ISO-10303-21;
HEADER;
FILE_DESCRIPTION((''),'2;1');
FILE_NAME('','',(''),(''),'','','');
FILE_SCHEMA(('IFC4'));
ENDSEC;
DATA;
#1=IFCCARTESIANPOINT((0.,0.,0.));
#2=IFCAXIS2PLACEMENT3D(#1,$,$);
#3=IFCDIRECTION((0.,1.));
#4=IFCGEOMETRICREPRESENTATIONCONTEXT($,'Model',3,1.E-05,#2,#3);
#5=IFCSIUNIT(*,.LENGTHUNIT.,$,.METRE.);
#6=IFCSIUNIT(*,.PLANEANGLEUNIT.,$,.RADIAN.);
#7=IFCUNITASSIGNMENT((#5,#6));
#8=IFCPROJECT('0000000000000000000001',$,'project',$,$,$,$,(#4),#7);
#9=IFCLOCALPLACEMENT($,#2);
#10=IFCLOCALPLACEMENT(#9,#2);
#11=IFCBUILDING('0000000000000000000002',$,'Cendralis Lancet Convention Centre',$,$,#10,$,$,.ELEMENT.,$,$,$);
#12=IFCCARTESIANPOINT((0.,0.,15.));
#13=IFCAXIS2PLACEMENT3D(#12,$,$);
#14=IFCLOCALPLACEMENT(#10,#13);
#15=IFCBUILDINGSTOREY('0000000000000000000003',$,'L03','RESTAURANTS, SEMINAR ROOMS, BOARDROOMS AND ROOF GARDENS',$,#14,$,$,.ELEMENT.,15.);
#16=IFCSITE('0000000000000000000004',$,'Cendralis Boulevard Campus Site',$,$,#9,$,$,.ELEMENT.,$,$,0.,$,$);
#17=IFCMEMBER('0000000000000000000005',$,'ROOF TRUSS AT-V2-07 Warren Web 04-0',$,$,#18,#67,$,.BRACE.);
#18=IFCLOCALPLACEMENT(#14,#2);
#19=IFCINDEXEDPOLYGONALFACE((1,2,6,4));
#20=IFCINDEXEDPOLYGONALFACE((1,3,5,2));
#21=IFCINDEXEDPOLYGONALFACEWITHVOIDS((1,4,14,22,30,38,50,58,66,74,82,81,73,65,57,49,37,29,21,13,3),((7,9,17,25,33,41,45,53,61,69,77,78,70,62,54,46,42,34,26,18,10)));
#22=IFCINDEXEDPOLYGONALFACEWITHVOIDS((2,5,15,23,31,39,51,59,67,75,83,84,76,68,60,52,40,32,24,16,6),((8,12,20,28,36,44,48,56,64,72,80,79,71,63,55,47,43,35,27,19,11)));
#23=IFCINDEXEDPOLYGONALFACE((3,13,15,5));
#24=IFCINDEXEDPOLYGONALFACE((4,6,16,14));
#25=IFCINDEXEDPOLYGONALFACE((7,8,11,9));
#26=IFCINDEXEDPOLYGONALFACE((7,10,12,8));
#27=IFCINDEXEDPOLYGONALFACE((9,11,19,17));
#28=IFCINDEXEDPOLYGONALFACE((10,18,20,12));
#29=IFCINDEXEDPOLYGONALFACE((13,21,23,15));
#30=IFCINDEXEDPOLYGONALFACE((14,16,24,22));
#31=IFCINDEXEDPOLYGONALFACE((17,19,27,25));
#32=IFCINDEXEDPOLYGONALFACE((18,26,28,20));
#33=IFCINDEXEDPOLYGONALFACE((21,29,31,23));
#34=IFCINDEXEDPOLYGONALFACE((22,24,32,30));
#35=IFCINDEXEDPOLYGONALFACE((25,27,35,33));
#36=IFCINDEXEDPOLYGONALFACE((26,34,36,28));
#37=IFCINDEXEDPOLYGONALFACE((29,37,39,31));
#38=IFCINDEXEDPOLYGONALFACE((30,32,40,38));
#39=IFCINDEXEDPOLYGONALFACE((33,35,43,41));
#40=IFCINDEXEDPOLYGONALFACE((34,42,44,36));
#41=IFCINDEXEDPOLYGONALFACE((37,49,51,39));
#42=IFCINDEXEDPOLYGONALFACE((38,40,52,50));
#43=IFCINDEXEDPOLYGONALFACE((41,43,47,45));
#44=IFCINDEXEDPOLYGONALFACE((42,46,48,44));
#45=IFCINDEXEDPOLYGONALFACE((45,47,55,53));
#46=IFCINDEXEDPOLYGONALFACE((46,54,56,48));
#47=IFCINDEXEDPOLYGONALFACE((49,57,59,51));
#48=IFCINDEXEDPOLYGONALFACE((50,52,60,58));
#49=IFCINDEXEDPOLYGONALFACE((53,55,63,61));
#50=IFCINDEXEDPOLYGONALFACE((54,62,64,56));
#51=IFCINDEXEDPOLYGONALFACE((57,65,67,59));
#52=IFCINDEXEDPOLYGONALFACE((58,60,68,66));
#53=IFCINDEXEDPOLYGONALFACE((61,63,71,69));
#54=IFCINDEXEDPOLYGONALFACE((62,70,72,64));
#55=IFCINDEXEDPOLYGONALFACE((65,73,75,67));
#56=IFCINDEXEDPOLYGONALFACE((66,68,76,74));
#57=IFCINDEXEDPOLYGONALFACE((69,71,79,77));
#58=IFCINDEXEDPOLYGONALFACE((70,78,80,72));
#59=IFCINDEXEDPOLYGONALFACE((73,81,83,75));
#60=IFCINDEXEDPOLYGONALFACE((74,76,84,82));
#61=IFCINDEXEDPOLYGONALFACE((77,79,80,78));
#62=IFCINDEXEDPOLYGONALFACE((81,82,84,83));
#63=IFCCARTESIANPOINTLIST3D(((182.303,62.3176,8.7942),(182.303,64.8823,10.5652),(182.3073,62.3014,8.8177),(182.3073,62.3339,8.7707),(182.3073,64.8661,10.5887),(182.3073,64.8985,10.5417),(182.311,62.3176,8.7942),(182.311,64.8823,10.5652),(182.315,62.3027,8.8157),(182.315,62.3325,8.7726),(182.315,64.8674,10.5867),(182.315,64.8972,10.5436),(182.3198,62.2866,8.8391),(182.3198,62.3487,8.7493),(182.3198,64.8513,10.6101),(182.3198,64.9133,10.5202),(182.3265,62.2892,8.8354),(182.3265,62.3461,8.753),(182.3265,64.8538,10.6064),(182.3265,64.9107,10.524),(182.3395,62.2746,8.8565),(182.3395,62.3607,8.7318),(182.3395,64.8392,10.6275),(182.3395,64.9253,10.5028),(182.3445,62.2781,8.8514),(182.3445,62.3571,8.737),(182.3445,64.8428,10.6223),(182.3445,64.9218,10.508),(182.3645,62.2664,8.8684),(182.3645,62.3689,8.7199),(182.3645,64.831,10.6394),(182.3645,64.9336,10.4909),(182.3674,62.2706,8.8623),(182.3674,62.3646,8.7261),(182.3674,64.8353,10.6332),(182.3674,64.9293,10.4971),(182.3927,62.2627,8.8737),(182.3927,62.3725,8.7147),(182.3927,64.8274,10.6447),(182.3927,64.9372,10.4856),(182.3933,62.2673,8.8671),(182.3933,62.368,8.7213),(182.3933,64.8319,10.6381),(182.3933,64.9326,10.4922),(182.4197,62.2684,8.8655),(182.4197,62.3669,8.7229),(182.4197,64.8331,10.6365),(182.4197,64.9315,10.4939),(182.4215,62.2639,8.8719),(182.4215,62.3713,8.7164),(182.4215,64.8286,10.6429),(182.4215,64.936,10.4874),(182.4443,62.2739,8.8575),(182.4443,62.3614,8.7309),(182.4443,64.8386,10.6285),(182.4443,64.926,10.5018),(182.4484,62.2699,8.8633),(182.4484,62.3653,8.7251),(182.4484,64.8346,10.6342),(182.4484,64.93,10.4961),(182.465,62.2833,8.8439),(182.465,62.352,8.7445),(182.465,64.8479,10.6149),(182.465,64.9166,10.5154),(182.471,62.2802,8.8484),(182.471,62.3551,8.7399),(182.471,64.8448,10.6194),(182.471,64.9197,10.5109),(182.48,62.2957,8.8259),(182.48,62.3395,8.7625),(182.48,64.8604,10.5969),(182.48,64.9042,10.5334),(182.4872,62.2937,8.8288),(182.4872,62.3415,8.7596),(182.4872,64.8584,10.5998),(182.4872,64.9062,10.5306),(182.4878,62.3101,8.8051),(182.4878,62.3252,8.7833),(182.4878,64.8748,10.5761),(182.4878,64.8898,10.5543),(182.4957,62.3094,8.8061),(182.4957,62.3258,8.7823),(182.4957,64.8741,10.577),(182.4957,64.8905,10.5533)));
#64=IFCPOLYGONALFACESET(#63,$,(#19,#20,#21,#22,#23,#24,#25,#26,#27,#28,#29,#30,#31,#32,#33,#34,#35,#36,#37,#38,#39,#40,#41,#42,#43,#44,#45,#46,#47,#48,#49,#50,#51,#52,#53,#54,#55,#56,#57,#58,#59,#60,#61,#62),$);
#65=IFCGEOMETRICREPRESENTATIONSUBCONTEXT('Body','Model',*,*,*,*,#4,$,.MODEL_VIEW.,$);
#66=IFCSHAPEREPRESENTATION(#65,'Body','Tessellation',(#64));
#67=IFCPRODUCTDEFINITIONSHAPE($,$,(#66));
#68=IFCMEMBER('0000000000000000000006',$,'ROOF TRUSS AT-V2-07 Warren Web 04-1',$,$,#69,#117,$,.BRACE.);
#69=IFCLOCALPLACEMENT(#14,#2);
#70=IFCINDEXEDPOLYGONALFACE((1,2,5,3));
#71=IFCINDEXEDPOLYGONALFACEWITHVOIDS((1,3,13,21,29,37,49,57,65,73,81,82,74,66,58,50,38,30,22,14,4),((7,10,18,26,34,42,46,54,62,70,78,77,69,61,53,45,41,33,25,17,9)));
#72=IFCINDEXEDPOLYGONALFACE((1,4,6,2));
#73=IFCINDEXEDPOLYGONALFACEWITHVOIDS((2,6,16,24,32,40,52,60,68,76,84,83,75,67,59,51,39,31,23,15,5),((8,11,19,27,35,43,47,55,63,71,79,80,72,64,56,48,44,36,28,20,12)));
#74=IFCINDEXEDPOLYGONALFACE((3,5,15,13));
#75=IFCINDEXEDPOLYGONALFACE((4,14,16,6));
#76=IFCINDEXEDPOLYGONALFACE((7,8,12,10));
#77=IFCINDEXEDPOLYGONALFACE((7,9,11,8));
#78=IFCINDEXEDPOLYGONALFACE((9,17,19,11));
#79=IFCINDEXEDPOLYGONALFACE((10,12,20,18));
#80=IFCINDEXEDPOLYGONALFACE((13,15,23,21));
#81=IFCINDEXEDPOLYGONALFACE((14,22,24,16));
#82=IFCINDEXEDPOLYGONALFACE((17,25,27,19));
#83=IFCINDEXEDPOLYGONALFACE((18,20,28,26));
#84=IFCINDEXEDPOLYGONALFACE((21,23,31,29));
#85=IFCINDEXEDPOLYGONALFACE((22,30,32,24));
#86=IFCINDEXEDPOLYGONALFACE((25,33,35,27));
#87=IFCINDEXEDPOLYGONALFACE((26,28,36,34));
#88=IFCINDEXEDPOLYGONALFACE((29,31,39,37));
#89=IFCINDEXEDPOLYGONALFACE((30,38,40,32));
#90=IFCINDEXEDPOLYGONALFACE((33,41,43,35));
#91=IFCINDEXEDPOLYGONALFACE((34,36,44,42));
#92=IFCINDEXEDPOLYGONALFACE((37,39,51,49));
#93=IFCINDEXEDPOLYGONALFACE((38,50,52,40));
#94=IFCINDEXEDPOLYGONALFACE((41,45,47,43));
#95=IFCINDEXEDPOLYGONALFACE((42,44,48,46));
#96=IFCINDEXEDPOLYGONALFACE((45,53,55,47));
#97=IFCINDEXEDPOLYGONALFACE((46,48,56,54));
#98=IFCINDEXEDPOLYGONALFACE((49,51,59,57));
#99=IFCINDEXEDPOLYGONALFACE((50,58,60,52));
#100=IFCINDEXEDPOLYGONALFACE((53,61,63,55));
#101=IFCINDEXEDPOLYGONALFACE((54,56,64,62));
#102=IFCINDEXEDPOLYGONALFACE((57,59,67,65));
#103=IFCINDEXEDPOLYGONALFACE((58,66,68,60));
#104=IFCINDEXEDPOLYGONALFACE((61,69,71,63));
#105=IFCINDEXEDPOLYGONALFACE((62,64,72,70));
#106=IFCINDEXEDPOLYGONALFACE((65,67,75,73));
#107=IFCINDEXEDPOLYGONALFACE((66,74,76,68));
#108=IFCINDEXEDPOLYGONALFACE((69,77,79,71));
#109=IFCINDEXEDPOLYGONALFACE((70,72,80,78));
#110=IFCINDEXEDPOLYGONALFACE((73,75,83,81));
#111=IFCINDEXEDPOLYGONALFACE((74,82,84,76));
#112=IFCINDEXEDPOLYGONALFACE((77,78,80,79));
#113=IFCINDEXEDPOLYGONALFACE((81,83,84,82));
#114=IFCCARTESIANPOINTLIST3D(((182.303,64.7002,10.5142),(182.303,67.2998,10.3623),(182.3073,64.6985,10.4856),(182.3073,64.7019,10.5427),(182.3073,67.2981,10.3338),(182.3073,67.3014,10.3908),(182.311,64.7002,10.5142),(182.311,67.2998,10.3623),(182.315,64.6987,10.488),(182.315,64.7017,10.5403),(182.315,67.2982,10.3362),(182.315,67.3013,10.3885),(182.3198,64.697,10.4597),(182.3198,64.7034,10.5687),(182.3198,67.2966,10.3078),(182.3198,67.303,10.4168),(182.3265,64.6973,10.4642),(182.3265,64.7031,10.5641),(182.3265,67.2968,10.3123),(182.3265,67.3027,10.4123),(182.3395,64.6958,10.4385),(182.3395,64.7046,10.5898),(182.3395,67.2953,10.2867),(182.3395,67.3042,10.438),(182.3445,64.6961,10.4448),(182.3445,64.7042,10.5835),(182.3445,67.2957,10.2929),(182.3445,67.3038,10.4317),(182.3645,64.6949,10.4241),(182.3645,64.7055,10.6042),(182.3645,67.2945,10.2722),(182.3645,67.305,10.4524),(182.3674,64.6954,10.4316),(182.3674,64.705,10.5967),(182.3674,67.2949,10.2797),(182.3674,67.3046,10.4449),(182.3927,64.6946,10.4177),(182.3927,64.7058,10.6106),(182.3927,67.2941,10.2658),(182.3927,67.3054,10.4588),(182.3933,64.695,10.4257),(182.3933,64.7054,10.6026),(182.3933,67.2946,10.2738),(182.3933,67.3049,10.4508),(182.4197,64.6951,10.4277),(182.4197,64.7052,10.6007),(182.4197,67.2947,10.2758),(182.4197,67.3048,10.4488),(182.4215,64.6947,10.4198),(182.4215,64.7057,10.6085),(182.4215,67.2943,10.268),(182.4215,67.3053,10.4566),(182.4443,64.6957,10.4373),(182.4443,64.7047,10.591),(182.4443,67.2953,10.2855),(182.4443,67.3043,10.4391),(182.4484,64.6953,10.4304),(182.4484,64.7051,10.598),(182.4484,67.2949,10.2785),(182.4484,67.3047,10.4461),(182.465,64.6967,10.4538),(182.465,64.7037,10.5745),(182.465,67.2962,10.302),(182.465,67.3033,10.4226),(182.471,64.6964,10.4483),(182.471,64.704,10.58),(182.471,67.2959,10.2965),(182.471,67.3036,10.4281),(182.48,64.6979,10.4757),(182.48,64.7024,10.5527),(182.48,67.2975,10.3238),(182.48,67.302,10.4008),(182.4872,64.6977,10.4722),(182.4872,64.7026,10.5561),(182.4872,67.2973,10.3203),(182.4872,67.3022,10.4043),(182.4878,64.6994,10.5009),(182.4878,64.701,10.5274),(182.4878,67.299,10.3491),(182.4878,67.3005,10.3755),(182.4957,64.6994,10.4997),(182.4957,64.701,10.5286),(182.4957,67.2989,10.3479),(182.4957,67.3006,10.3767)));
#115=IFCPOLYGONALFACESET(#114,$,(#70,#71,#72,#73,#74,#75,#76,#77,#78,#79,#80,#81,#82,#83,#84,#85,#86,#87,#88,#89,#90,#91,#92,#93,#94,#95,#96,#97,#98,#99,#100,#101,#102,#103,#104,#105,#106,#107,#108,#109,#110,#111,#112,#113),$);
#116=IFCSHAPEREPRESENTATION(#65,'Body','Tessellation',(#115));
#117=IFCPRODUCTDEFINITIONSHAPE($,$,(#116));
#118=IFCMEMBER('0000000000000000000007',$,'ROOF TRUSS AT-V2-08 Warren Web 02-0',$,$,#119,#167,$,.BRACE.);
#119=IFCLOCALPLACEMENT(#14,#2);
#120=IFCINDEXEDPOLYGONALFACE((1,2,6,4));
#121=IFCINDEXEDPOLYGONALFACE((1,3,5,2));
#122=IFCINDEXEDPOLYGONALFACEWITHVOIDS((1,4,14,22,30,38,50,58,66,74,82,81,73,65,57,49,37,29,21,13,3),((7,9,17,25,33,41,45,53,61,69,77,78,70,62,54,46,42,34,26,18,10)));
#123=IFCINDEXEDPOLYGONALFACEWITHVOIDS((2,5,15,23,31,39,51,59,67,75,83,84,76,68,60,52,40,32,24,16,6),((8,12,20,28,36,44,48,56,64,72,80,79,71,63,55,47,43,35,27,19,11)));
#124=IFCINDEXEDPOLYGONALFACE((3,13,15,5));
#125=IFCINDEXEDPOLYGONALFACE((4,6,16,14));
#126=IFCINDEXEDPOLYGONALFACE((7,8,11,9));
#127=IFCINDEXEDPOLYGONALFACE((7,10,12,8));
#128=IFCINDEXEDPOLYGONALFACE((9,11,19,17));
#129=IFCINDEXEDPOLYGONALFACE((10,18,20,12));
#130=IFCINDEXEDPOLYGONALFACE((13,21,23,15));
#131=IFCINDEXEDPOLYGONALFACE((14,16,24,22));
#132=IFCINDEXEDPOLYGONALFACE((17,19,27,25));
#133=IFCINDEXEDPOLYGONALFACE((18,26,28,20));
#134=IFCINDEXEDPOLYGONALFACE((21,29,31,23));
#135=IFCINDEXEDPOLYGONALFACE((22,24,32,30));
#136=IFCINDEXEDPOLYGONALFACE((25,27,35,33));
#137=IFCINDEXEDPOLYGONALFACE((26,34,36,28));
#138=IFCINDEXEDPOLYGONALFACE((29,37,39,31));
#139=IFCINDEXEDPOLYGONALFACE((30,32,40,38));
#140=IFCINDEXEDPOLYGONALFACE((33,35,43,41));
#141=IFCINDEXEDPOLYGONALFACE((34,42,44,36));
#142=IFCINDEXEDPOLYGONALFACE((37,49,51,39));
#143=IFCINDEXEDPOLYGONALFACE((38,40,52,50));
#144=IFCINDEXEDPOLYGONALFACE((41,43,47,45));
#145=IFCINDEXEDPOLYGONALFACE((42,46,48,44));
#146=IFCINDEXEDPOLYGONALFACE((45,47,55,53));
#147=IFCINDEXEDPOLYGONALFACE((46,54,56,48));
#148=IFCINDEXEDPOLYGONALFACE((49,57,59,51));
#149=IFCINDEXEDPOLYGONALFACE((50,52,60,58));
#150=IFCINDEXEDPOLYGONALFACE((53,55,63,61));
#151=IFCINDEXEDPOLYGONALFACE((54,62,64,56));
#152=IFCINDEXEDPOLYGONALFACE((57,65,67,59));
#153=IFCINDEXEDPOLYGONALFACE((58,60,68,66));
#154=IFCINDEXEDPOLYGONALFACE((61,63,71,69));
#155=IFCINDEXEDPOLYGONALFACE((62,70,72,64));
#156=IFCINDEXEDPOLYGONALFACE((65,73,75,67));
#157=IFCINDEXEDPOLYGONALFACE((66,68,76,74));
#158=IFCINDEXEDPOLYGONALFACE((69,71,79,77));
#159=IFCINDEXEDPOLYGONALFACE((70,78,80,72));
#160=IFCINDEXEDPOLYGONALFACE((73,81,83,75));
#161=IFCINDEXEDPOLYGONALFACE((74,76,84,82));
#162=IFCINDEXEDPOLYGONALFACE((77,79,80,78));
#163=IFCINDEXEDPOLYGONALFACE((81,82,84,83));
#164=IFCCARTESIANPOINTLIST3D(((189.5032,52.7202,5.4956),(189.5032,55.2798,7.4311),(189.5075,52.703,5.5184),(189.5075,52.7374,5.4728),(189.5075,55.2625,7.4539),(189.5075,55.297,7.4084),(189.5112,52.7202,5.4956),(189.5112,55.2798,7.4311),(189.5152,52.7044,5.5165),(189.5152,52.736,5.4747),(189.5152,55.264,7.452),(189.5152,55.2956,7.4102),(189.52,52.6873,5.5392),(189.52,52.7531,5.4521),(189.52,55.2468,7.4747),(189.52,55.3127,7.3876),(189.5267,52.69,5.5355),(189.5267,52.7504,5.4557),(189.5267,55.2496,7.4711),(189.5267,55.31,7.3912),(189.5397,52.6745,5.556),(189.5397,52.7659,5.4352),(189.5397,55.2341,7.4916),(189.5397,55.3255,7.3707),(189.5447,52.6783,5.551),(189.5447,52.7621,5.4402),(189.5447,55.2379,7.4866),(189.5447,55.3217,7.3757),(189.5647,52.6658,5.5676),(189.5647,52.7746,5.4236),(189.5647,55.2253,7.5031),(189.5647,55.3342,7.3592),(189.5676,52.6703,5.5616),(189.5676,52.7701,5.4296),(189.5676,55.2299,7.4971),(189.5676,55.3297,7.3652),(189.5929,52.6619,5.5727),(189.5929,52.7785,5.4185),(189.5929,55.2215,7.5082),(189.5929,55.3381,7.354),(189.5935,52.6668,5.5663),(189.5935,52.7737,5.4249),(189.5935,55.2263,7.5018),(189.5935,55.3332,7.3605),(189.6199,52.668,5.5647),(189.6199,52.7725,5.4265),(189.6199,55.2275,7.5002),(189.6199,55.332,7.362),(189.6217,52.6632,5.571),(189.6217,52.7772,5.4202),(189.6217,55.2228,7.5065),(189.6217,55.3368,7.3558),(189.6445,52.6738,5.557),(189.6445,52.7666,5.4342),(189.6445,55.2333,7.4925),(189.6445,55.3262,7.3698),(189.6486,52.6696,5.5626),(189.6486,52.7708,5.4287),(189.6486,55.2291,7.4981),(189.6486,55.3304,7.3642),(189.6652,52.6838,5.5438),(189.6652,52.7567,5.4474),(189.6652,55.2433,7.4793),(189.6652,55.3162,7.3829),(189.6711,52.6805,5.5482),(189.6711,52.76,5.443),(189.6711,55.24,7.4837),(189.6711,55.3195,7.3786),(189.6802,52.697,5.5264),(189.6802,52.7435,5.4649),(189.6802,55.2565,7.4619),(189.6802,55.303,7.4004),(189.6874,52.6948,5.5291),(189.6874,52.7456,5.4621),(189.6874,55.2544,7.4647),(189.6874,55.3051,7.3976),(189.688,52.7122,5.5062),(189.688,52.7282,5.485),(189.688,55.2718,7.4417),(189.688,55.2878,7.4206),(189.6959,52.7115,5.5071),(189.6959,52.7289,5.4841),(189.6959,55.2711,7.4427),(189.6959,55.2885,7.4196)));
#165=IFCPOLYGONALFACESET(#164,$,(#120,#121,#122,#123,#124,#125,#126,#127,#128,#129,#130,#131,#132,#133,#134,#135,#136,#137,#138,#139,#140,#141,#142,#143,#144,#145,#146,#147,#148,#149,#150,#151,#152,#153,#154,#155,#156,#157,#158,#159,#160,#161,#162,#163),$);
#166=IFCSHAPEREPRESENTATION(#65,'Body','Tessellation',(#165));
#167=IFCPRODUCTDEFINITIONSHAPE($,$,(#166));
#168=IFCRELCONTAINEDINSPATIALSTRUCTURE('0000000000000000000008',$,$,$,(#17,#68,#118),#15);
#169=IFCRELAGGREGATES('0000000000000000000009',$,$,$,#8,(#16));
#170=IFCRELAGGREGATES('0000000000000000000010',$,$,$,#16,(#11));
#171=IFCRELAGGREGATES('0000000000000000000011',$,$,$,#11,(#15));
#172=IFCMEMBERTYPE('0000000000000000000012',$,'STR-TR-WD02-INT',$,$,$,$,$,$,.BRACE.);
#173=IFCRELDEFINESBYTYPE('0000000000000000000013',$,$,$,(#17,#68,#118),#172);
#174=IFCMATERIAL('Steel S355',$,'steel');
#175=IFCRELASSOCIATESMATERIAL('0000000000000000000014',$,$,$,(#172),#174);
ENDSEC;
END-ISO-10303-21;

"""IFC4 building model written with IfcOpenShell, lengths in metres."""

from ifc_helpers import new_model, si_unit, direction, frame, origin, origin_2d, place, context, subcontext, project, spatial, hollow_circle, extrude, material, material_profile, profile_set, type_object, element, save


model = new_model("IFC4")

# Units and contexts
model_context = context("Model", 3, precision=1e-05, world=origin(), true_north=direction((0.0, 1.0)))
body_context = subcontext(model_context, "Body", "Model", "MODEL_VIEW")
ifc_project = project(units=[si_unit("LENGTHUNIT", "METRE"), si_unit("PLANEANGLEUNIT", "RADIAN")], contexts=[model_context])

# Site, building, storey
site_placement = place(None, origin())
site = spatial("IfcSite", under=ifc_project, at=site_placement, Name="Cendralis Boulevard Campus Site", CompositionType="ELEMENT", RefElevation=0.0)
building_placement = place(site_placement, origin())
building = spatial("IfcBuilding", under=site, at=building_placement, Name="Cendralis Lancet Convention Centre", CompositionType="ELEMENT")
storey_placement = place(building_placement, frame((0.0, 0.0, 15.0)))
storey = spatial("IfcBuildingStorey", under=building, at=storey_placement, Name="L03", Description="RESTAURANTS, SEMINAR ROOMS, BOARDROOMS AND ROOF GARDENS", CompositionType="ELEMENT", Elevation=15.0)

# Members
ifc_material = material(Name="Steel S355", Category="steel")
ifc_material_profile_1 = material_profile(ifc_material, hollow_circle(Radius=0.0969, WallThickness=0.0081, at=origin_2d()), Name="CHS 193.7x8.0")
ifc_profile_set_1 = profile_set([ifc_material_profile_1], Name="Steel S355")
member_type_1 = type_object("IfcMemberType", Name="STR-TR-WD02-INT", PredefinedType="BRACE", material=ifc_profile_set_1)
member_1_placement = place(storey_placement, frame((182.3999, 62.3176, 8.7942), z_axis=(0.0, 0.822877, 0.56822), x_axis=(-1.0, 0.0, 0.0)))
element("IfcMember", 1, at=member_1_placement, inside=storey, type_object=member_type_1, Name="ROOF TRUSS AT-V2-07 Warren Web 04-0", PredefinedType="BRACE", context=body_context, shape_type="SweptSolid", body=[
    extrude(hollow_circle(Radius=0.0969, WallThickness=0.0081, at=origin_2d()), origin(), (0.0, 0.0, 1.0), 3.1167),
])
member_2_placement = place(storey_placement, frame((182.3999, 64.7002, 10.5142), z_axis=(0.0, 0.998298, -0.058315), x_axis=(-1.0, 0.0, 0.0)))
element("IfcMember", 2, at=member_2_placement, inside=storey, type_object=member_type_1, Name="ROOF TRUSS AT-V2-07 Warren Web 04-1", PredefinedType="BRACE", context=body_context, shape_type="SweptSolid", body=[
    extrude(hollow_circle(Radius=0.0969, WallThickness=0.0081, at=origin_2d()), origin(), (0.0, 0.0, 1.0), 2.604),
])
member_3_placement = place(storey_placement, frame((189.6001, 52.7202, 5.4956), z_axis=(0.0, 0.79762, 0.60316), x_axis=(-1.0, 0.0, 0.0)))
element("IfcMember", 3, at=member_3_placement, inside=storey, type_object=member_type_1, Name="ROOF TRUSS AT-V2-08 Warren Web 02-0", PredefinedType="BRACE", context=body_context, shape_type="SweptSolid", body=[
    extrude(hollow_circle(Radius=0.0969, WallThickness=0.0081, at=origin_2d()), origin(), (0.0, 0.0, 1.0), 3.209),
])

save(model, "model.ifc")
